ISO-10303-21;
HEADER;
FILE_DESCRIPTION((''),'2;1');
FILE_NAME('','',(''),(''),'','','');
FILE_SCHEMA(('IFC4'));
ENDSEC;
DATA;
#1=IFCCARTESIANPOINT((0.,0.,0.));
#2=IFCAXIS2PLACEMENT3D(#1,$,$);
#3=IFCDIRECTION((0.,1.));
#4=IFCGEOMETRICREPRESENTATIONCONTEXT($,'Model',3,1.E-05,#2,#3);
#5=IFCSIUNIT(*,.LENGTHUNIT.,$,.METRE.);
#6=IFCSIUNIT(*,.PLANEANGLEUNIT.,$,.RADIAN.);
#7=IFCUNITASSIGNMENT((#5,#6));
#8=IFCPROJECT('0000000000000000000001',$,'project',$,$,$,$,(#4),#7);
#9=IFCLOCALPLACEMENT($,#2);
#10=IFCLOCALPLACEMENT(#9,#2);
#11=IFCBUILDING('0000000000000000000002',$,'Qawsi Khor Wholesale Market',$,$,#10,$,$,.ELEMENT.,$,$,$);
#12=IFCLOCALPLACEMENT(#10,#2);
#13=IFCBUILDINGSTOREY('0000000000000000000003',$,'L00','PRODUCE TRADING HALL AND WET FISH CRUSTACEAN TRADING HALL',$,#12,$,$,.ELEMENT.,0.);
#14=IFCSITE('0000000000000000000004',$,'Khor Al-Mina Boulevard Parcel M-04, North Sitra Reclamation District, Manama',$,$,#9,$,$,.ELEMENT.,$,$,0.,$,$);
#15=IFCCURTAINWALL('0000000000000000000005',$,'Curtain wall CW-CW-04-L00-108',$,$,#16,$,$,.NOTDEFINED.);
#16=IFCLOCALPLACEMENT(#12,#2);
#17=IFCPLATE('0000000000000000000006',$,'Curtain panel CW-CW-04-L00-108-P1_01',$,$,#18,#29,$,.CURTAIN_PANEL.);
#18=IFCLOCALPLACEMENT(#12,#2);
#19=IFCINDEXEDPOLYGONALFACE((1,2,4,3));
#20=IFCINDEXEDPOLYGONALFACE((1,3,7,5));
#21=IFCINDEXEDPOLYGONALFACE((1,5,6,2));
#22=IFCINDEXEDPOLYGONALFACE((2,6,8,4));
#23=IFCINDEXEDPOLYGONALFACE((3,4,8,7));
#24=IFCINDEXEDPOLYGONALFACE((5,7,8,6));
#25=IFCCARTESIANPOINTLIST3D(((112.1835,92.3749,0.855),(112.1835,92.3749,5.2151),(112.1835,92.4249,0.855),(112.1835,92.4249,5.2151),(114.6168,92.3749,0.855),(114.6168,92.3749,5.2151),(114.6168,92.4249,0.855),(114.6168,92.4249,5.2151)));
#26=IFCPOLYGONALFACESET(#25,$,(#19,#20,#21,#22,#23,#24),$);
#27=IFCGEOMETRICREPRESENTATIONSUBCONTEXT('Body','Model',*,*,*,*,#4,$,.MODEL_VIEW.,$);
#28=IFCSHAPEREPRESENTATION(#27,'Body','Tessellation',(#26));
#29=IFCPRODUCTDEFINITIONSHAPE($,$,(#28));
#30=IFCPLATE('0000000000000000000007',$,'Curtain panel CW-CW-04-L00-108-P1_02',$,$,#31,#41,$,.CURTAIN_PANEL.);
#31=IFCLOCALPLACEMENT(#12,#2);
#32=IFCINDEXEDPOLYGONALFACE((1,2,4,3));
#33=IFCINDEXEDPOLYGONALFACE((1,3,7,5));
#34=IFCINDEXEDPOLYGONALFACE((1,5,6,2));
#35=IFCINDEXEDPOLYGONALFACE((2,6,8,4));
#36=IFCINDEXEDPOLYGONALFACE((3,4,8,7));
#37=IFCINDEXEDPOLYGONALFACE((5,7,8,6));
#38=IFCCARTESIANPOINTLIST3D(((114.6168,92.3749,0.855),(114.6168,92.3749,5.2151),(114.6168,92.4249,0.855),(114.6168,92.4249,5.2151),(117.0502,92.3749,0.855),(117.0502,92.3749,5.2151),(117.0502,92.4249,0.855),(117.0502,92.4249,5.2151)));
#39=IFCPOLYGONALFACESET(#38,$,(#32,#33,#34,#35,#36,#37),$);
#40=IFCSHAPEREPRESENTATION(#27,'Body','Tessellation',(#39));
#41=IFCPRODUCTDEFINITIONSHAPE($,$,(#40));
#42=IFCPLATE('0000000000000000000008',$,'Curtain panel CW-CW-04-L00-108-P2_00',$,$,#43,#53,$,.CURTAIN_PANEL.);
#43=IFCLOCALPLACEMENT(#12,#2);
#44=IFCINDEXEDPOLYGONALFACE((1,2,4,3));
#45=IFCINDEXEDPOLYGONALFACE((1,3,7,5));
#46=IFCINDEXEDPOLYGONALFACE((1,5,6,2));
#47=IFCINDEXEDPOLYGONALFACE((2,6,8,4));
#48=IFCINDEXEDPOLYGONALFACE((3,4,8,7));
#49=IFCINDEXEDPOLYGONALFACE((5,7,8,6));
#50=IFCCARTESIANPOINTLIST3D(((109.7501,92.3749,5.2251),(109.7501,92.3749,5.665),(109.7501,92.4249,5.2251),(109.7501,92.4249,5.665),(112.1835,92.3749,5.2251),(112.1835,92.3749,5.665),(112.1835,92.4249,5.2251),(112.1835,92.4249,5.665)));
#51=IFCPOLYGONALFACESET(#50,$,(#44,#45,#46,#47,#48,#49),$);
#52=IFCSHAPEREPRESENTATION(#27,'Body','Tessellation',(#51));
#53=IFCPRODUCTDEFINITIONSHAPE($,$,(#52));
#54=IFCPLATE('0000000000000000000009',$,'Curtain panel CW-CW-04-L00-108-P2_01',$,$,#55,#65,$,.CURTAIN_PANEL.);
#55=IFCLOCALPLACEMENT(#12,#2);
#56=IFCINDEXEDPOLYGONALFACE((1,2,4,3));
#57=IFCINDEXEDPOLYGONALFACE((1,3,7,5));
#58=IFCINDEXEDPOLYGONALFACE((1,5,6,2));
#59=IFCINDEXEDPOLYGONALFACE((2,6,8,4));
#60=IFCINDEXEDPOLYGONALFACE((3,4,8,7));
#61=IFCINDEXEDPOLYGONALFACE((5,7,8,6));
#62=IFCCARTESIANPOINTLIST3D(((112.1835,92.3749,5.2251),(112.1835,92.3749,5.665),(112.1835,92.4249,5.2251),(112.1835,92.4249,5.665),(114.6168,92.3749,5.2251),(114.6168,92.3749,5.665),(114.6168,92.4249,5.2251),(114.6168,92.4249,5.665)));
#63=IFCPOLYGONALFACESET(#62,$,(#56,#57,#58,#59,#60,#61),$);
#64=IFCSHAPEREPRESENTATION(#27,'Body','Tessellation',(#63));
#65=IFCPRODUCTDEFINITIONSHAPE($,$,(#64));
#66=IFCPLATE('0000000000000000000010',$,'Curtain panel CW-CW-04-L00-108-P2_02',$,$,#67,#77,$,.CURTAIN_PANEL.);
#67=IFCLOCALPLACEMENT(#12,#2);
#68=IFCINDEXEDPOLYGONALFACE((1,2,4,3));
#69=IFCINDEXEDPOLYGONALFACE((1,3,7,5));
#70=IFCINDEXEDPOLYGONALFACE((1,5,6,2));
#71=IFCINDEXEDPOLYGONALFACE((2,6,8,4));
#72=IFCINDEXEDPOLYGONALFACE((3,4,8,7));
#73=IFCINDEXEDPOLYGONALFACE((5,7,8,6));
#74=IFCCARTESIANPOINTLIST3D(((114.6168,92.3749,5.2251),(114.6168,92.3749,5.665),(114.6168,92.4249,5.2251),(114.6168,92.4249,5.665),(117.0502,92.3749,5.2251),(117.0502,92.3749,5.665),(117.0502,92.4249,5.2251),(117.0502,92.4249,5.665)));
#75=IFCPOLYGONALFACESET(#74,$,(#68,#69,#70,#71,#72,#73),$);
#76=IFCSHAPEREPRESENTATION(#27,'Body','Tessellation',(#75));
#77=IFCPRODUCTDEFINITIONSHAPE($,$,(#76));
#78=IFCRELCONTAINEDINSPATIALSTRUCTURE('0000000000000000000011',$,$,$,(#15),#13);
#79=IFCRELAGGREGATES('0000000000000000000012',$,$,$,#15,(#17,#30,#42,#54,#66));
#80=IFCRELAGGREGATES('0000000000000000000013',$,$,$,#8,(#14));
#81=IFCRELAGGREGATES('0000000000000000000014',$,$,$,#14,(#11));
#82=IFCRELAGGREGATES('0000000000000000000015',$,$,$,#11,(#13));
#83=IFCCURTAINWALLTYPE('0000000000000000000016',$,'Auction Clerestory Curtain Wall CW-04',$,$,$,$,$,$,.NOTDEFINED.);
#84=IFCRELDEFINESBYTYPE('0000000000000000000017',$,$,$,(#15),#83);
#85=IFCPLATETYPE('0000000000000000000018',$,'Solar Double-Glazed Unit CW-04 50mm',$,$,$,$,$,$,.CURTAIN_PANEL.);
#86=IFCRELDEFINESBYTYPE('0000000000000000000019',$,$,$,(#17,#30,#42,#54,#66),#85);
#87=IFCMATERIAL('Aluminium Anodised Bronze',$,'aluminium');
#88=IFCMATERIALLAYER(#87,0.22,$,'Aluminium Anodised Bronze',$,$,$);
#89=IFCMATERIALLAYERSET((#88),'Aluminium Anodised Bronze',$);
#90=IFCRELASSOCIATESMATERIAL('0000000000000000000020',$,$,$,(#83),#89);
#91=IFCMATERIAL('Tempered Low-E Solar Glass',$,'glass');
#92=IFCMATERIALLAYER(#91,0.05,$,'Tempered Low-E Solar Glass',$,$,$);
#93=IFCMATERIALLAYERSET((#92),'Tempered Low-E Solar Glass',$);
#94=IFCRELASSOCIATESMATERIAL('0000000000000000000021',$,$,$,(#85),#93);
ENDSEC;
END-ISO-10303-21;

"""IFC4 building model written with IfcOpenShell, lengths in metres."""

from ifc_helpers import new_model, si_unit, direction, frame, frame_2d, origin, place, context, subcontext, project, spatial, rectangle, extrude, material, layer, layer_set, type_object, element, aggregate, save


model = new_model("IFC4")

# Units and contexts
model_context = context("Model", 3, precision=1e-05, world=origin(), true_north=direction((0.0, 1.0)))
body_context = subcontext(model_context, "Body", "Model", "MODEL_VIEW")
ifc_project = project(units=[si_unit("LENGTHUNIT", "METRE"), si_unit("PLANEANGLEUNIT", "RADIAN")], contexts=[model_context])

# Site, building, storey
site_placement = place(None, origin())
site = spatial("IfcSite", under=ifc_project, at=site_placement, Name="Khor Al-Mina Boulevard Parcel M-04, North Sitra Reclamation District, Manama", CompositionType="ELEMENT", RefElevation=0.0)
building_placement = place(site_placement, origin())
building = spatial("IfcBuilding", under=site, at=building_placement, Name="Qawsi Khor Wholesale Market", CompositionType="ELEMENT")
storey_placement = place(building_placement, origin())
storey = spatial("IfcBuildingStorey", under=building, at=storey_placement, Name="L00", Description="PRODUCE TRADING HALL AND WET FISH CRUSTACEAN TRADING HALL", CompositionType="ELEMENT", Elevation=0.0)

# Curtain wall
ifc_material_1 = material(Name="Aluminium Anodised Bronze", Category="aluminium")
ifc_layer_1 = layer(ifc_material_1, 0.22, Name="Aluminium Anodised Bronze")
ifc_layer_set_1 = layer_set([ifc_layer_1], Name="Aluminium Anodised Bronze")
curtain_wall_type = type_object("IfcCurtainWallType", Name="Auction Clerestory Curtain Wall CW-04", PredefinedType="NOTDEFINED", material=ifc_layer_set_1)
curtain_wall_1_placement = place(storey_placement, origin())
curtain_wall_1 = element("IfcCurtainWall", 1, at=curtain_wall_1_placement, inside=storey, type_object=curtain_wall_type, Name="Curtain wall CW-CW-04-L00-108", PredefinedType="NOTDEFINED")

# Plates
ifc_material_2 = material(Name="Tempered Low-E Solar Glass", Category="glass")
ifc_layer_2 = layer(ifc_material_2, 0.05, Name="Tempered Low-E Solar Glass")
ifc_layer_set_2 = layer_set([ifc_layer_2], Name="Tempered Low-E Solar Glass")
plate_type_1 = type_object("IfcPlateType", Name="Solar Double-Glazed Unit CW-04 50mm", PredefinedType="CURTAIN_PANEL", material=ifc_layer_set_2)
plate_1_placement = place(storey_placement, frame((112.1833, 92.3999, 0.855), z_axis=(0.0, 0.0, 1.0), x_axis=(1.0, 0.0, 0.0)))
plate_1 = element("IfcPlate", 2, at=plate_1_placement, type_object=plate_type_1, Name="Curtain panel CW-CW-04-L00-108-P1_01", PredefinedType="CURTAIN_PANEL", context=body_context, shape_type="SweptSolid", body=[
    extrude(rectangle(XDim=2.4333, YDim=0.05, at=frame_2d((1.2168, 0.0))), origin(), (0.0, 0.0, 1.0), 4.3601),
])
plate_2_placement = place(storey_placement, frame((114.6167, 92.3999, 0.855), z_axis=(0.0, 0.0, 1.0), x_axis=(1.0, 0.0, 0.0)))
plate_2 = element("IfcPlate", 3, at=plate_2_placement, type_object=plate_type_1, Name="Curtain panel CW-CW-04-L00-108-P1_02", PredefinedType="CURTAIN_PANEL", context=body_context, shape_type="SweptSolid", body=[
    extrude(rectangle(XDim=2.4333, YDim=0.05, at=frame_2d((1.2168, 0.0))), origin(), (0.0, 0.0, 1.0), 4.3601),
])
plate_3_placement = place(storey_placement, frame((109.75, 92.3999, 5.2251), z_axis=(0.0, 0.0, 1.0), x_axis=(1.0, 0.0, 0.0)))
plate_3 = element("IfcPlate", 4, at=plate_3_placement, type_object=plate_type_1, Name="Curtain panel CW-CW-04-L00-108-P2_00", PredefinedType="CURTAIN_PANEL", context=body_context, shape_type="SweptSolid", body=[
    extrude(rectangle(XDim=2.4333, YDim=0.05, at=frame_2d((1.2168, 0.0))), origin(), (0.0, 0.0, 1.0), 0.4399),
])
plate_4_placement = place(storey_placement, frame((112.1833, 92.3999, 5.2251), z_axis=(0.0, 0.0, 1.0), x_axis=(1.0, 0.0, 0.0)))
plate_4 = element("IfcPlate", 5, at=plate_4_placement, type_object=plate_type_1, Name="Curtain panel CW-CW-04-L00-108-P2_01", PredefinedType="CURTAIN_PANEL", context=body_context, shape_type="SweptSolid", body=[
    extrude(rectangle(XDim=2.4333, YDim=0.05, at=frame_2d((1.2168, 0.0))), origin(), (0.0, 0.0, 1.0), 0.4399),
])
plate_5_placement = place(storey_placement, frame((114.6167, 92.3999, 5.2251), z_axis=(0.0, 0.0, 1.0), x_axis=(1.0, 0.0, 0.0)))
plate_5 = element("IfcPlate", 6, at=plate_5_placement, type_object=plate_type_1, Name="Curtain panel CW-CW-04-L00-108-P2_02", PredefinedType="CURTAIN_PANEL", context=body_context, shape_type="SweptSolid", body=[
    extrude(rectangle(XDim=2.4333, YDim=0.05, at=frame_2d((1.2168, 0.0))), origin(), (0.0, 0.0, 1.0), 0.4399),
])
aggregate(curtain_wall_1, [plate_1, plate_2, plate_3, plate_4, plate_5])

save(model, "model.ifc")
